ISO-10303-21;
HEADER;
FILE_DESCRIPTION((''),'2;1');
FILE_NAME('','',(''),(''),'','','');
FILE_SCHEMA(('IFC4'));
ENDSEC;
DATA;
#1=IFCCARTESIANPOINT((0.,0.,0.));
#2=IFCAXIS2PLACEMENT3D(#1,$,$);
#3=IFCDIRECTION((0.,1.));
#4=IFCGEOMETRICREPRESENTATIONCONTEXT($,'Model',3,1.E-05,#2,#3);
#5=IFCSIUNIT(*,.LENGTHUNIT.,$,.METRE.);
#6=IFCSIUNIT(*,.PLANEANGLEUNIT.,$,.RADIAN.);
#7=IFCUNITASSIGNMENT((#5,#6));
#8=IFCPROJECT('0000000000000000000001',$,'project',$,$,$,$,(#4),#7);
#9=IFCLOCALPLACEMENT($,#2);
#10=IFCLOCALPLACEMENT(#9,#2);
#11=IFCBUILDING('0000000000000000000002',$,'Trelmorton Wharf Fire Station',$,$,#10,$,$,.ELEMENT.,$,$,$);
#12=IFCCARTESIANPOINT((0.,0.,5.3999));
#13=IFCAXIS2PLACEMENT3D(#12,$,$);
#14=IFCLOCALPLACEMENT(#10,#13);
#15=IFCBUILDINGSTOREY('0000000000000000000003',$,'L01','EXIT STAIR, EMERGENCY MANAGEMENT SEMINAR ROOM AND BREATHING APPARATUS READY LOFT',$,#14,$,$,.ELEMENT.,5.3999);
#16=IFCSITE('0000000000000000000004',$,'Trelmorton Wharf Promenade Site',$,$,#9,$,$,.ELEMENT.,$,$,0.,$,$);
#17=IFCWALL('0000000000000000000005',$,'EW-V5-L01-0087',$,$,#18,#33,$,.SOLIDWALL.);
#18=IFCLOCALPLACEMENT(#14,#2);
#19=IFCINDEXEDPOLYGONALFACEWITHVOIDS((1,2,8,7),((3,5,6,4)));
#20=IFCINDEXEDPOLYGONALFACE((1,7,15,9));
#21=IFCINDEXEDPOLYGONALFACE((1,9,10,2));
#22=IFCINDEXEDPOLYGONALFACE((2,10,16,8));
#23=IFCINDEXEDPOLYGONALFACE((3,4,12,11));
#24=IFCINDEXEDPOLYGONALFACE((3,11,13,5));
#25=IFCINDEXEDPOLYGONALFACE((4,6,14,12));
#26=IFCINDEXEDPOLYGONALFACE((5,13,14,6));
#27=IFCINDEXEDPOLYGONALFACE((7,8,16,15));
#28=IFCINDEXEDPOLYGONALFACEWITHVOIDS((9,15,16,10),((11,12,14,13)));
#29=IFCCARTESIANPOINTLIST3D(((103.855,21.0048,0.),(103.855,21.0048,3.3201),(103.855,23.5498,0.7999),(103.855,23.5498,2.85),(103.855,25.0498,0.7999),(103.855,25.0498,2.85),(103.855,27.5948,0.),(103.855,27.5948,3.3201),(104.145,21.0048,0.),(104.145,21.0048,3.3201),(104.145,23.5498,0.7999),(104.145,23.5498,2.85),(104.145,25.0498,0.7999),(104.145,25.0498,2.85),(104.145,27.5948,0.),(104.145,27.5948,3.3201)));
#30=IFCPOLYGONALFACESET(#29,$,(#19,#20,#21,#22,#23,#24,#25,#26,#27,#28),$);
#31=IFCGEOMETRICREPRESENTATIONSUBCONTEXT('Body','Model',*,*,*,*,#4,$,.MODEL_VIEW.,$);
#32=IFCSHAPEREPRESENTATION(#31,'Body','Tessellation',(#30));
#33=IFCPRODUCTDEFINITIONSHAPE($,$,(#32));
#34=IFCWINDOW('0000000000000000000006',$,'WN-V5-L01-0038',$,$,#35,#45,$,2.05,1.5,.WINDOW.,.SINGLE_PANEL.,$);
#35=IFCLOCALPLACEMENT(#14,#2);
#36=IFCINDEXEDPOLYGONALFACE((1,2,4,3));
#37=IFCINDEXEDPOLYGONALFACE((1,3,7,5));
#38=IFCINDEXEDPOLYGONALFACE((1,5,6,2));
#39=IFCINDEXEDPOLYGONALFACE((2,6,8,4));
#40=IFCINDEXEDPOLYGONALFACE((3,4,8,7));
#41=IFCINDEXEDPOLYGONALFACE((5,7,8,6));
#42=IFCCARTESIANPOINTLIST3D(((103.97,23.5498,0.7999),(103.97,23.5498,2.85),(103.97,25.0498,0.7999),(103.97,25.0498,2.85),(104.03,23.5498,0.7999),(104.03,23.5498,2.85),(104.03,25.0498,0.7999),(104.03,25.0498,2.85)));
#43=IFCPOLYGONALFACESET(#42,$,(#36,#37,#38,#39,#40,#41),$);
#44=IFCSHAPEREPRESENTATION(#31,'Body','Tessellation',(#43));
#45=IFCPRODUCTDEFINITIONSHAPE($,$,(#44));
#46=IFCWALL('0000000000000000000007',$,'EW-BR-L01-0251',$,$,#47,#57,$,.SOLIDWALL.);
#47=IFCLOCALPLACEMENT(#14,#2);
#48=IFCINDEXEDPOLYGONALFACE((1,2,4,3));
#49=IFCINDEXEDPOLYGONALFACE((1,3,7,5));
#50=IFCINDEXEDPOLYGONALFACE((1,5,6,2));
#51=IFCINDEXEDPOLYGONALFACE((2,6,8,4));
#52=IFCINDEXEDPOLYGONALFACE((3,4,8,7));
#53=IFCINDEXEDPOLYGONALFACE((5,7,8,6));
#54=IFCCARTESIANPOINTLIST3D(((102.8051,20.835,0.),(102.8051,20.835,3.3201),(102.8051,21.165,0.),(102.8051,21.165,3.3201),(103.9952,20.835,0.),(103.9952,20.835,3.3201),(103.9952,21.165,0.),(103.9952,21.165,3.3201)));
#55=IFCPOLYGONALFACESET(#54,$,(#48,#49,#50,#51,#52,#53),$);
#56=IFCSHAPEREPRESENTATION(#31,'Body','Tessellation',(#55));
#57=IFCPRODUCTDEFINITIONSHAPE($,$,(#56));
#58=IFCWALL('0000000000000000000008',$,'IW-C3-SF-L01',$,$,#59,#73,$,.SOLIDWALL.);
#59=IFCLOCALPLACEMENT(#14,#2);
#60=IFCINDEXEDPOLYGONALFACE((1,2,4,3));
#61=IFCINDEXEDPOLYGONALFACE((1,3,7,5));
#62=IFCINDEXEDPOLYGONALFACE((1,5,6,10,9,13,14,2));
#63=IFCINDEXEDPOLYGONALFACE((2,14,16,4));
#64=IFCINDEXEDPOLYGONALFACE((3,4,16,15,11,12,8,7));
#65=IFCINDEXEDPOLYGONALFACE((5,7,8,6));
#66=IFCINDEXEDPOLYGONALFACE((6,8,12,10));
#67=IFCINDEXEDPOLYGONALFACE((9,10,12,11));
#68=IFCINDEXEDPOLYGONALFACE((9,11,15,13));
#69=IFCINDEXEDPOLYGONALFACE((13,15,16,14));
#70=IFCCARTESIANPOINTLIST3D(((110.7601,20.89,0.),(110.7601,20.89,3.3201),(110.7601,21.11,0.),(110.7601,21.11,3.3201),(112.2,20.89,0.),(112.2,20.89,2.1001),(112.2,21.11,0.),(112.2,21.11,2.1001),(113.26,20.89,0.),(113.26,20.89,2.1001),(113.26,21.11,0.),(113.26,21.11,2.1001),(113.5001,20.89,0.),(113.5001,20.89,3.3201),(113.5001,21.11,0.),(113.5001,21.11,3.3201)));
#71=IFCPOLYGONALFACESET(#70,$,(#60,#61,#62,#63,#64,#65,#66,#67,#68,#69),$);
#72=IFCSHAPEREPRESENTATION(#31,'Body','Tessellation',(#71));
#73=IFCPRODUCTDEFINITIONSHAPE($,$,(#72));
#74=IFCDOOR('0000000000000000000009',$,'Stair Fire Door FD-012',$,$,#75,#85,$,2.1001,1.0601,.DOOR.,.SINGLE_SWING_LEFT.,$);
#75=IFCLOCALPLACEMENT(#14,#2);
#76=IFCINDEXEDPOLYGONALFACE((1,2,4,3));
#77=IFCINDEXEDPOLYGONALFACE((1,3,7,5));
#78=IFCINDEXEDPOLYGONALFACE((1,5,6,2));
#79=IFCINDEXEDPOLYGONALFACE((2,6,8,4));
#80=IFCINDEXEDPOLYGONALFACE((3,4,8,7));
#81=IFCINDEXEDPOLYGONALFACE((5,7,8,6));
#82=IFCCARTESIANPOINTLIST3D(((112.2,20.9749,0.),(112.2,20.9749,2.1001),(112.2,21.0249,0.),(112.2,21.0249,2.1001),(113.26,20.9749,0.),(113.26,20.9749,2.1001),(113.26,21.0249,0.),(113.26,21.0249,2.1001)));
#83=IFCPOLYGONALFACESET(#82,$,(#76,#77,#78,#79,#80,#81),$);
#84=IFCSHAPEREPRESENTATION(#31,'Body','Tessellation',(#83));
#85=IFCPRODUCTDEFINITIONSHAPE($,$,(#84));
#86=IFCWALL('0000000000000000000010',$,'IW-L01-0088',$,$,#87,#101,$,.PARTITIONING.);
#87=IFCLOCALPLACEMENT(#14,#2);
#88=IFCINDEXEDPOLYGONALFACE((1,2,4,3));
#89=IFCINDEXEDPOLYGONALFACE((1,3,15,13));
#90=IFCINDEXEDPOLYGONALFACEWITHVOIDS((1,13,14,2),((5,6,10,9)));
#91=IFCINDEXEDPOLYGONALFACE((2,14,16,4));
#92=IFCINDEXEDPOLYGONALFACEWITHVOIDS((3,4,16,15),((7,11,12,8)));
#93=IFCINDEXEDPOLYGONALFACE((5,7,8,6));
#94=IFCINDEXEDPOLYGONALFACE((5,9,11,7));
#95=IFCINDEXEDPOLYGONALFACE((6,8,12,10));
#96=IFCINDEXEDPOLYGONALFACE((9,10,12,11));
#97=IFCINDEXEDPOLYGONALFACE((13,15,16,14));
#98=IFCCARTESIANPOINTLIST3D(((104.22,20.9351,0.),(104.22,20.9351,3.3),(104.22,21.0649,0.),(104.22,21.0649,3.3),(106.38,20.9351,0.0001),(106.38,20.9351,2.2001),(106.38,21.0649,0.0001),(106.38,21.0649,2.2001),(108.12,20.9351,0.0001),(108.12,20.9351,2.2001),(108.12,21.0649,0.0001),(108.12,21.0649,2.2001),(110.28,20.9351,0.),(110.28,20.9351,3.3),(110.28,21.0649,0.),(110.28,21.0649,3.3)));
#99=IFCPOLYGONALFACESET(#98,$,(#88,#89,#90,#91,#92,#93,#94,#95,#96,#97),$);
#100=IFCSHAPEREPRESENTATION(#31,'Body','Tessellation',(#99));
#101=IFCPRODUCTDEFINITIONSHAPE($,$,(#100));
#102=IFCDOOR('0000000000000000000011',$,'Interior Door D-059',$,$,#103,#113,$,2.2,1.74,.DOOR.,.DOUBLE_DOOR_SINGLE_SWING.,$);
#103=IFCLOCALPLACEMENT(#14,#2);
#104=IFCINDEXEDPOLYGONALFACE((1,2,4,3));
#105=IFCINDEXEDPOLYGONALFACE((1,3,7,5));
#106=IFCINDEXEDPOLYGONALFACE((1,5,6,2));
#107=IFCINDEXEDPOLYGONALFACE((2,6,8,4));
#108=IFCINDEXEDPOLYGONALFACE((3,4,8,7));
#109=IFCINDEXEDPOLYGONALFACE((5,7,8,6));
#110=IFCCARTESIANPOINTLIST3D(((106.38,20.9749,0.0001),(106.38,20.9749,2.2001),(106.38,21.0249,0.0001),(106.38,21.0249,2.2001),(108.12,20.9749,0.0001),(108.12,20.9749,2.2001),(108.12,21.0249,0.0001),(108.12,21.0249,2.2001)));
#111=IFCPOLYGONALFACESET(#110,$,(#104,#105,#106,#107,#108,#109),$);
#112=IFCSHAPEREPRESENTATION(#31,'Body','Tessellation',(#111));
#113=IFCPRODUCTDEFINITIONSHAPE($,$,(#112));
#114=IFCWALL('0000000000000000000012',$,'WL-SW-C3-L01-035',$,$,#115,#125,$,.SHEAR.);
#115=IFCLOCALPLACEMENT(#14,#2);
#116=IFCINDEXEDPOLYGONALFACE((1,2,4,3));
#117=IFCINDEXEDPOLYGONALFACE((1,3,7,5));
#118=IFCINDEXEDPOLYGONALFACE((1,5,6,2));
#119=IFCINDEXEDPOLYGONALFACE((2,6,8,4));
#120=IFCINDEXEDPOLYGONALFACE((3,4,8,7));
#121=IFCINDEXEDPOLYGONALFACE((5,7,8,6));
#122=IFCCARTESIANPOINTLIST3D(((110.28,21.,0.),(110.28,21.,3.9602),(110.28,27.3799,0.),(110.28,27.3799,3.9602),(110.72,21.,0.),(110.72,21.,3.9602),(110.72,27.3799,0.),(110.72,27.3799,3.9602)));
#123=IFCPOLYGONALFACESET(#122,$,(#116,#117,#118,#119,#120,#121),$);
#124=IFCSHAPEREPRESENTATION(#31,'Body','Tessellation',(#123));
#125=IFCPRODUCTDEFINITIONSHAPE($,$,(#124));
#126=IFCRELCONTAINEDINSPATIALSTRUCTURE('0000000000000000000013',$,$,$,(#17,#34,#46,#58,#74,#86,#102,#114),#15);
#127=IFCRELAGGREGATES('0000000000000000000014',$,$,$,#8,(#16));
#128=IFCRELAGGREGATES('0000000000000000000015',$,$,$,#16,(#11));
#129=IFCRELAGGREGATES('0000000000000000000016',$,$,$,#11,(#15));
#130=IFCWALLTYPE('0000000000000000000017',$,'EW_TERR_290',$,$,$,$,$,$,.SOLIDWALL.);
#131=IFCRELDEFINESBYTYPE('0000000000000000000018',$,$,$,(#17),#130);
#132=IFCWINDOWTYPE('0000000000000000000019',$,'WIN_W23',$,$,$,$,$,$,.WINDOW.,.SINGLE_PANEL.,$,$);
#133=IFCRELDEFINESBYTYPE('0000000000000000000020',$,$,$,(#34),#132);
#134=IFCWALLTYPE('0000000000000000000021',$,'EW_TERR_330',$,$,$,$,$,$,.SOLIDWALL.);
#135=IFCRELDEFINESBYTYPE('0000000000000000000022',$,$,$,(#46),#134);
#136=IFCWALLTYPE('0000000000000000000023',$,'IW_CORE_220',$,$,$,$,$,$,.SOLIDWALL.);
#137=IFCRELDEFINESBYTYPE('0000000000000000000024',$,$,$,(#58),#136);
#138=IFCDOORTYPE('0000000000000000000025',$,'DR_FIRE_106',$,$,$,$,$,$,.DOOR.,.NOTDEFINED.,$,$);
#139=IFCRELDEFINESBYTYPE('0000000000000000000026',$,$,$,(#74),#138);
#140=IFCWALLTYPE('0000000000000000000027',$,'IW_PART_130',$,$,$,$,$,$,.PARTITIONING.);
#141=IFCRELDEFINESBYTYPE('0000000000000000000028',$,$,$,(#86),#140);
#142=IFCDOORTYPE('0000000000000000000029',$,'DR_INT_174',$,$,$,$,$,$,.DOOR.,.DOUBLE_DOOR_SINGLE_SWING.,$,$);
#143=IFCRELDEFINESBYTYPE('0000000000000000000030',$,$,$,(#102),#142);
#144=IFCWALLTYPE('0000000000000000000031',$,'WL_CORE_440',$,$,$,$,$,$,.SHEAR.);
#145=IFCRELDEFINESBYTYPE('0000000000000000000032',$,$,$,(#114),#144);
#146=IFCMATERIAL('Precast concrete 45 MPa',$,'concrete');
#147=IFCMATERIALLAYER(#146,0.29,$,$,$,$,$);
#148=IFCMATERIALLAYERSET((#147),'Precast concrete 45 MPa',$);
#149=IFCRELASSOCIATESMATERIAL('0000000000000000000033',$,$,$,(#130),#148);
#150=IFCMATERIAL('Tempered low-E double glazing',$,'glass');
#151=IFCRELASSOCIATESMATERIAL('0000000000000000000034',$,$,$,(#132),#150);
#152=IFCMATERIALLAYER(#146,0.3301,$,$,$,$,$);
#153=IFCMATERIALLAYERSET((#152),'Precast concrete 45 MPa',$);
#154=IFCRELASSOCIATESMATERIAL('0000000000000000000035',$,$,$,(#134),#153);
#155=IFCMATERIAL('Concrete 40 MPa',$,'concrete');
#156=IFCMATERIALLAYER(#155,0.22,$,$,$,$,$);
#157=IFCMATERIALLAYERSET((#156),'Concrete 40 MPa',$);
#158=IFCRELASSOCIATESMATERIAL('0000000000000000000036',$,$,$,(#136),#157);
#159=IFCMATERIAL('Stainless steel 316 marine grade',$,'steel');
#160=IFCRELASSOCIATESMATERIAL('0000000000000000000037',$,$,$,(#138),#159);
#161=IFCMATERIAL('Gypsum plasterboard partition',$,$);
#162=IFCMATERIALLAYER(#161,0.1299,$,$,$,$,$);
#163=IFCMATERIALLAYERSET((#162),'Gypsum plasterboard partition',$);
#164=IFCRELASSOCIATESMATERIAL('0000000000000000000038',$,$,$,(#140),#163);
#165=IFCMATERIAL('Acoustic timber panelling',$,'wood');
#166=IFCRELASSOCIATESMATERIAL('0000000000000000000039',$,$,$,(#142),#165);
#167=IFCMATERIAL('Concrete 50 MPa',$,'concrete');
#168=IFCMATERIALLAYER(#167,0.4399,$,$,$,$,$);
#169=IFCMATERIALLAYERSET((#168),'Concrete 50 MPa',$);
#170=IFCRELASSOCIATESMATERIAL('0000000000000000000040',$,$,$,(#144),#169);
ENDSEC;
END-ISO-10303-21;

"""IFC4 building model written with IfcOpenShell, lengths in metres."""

from ifc_helpers import new_model, si_unit, direction, frame, frame_2d, origin, place, context, subcontext, project, spatial, rectangle, extrude, material, layer, layer_set, type_object, element, fill, save


model = new_model("IFC4")

# Units and contexts
model_context = context("Model", 3, precision=1e-05, world=origin(), true_north=direction((0.0, 1.0)))
body_context = subcontext(model_context, "Body", "Model", "MODEL_VIEW")
ifc_project = project(units=[si_unit("LENGTHUNIT", "METRE"), si_unit("PLANEANGLEUNIT", "RADIAN")], contexts=[model_context])

# Site, building, storey
site_placement = place(None, origin())
site = spatial("IfcSite", under=ifc_project, at=site_placement, Name="Trelmorton Wharf Promenade Site", CompositionType="ELEMENT", RefElevation=0.0)
building_placement = place(site_placement, origin())
building = spatial("IfcBuilding", under=site, at=building_placement, Name="Trelmorton Wharf Fire Station", CompositionType="ELEMENT")
storey_placement = place(building_placement, frame((0.0, 0.0, 5.3999)))
storey = spatial("IfcBuildingStorey", under=building, at=storey_placement, Name="L01", Description="EXIT STAIR, EMERGENCY MANAGEMENT SEMINAR ROOM AND BREATHING APPARATUS READY LOFT", CompositionType="ELEMENT", Elevation=5.3999)

# Shared definitions
ifc_material_1 = material(Name="Tempered low-E double glazing", Category="glass")

# Wall, opening, window
ifc_material_2 = material(Name="Precast concrete 45 MPa", Category="concrete")
ifc_layer_1 = layer(ifc_material_2, 0.29)
ifc_layer_set_1 = layer_set([ifc_layer_1], Name="Precast concrete 45 MPa")
wall_type_1 = type_object("IfcWallType", Name="EW_TERR_290", PredefinedType="SOLIDWALL", material=ifc_layer_set_1)
wall_1_placement = place(storey_placement, frame((104.0, 21.0049, 0.0), z_axis=(0.0, 0.0, 1.0), x_axis=(0.0, 1.0, 0.0)))
wall_1 = element("IfcWall", 1, at=wall_1_placement, inside=storey, type_object=wall_type_1, Name="EW-V5-L01-0087", PredefinedType="SOLIDWALL", context=body_context, shape_type="SweptSolid", body=[
    extrude(rectangle(XDim=6.5901, YDim=0.29, at=frame_2d((3.2949, 0.0))), origin(), (0.0, 0.0, 1.0), 3.3201),
])
opening_1_placement = place(wall_1_placement, frame((2.5449, 0.0, 0.8)))
opening_1 = element("IfcOpeningElement", 2, at=opening_1_placement, cuts=wall_1, PredefinedType="OPENING", context=body_context, shape_type="SweptSolid", body=[
    extrude(rectangle(XDim=1.5, YDim=2.05, at=frame_2d((0.75, 1.0249))), frame((0.0, 0.155, 0.0), z_axis=(0.0, -1.0, 0.0), x_axis=(1.0, 0.0, 0.0)), (0.0, 0.0, 1.0), 0.3101),
])
window_type = type_object("IfcWindowType", Name="WIN_W23", PartitioningType="SINGLE_PANEL", PredefinedType="WINDOW", material=ifc_material_1)
window_placement = place(opening_1_placement, origin())
window = element("IfcWindow", 3, at=window_placement, inside=storey, type_object=window_type, Name="WN-V5-L01-0038", OverallHeight=2.05, OverallWidth=1.5, PartitioningType="SINGLE_PANEL", PredefinedType="WINDOW", context=body_context, shape_type="SweptSolid", body=[
    extrude(rectangle(XDim=1.5, YDim=2.05, at=frame_2d((0.75, 1.0249))), frame((0.0, 0.03, 0.0), z_axis=(0.0, -1.0, 0.0), x_axis=(1.0, 0.0, 0.0)), (0.0, 0.0, 1.0), 0.0601),
])
fill(opening_1, window)

# Wall
ifc_layer_2 = layer(ifc_material_2, 0.3301)
ifc_layer_set_2 = layer_set([ifc_layer_2], Name="Precast concrete 45 MPa")
wall_type_2 = type_object("IfcWallType", Name="EW_TERR_330", PredefinedType="SOLIDWALL", material=ifc_layer_set_2)
wall_2_placement = place(storey_placement, frame((102.8049, 21.0, 0.0), z_axis=(0.0, 0.0, 1.0), x_axis=(1.0, 0.0, 0.0)))
element("IfcWall", 4, at=wall_2_placement, inside=storey, type_object=wall_type_2, Name="EW-BR-L01-0251", PredefinedType="SOLIDWALL", context=body_context, shape_type="SweptSolid", body=[
    extrude(rectangle(XDim=1.1902, YDim=0.3301, at=frame_2d((0.5952, 0.0))), origin(), (0.0, 0.0, 1.0), 3.3201),
])

# Walls, openings, doors
ifc_material_3 = material(Name="Concrete 40 MPa", Category="concrete")
ifc_layer_3 = layer(ifc_material_3, 0.22)
ifc_layer_set_3 = layer_set([ifc_layer_3], Name="Concrete 40 MPa")
wall_type_3 = type_object("IfcWallType", Name="IW_CORE_220", PredefinedType="SOLIDWALL", material=ifc_layer_set_3)
wall_3_placement = place(storey_placement, frame((110.76, 21.0, 0.0), z_axis=(0.0, 0.0, 1.0), x_axis=(1.0, 0.0, 0.0)))
wall_3 = element("IfcWall", 5, at=wall_3_placement, inside=storey, type_object=wall_type_3, Name="IW-C3-SF-L01", PredefinedType="SOLIDWALL", context=body_context, shape_type="SweptSolid", body=[
    extrude(rectangle(XDim=2.74, YDim=0.22, at=frame_2d((1.3701, 0.0))), origin(), (0.0, 0.0, 1.0), 3.3201),
])
opening_2_placement = place(wall_3_placement, frame((1.4399, 0.0, 0.0)))
opening_2 = element("IfcOpeningElement", 6, at=opening_2_placement, cuts=wall_3, PredefinedType="OPENING", context=body_context, shape_type="SweptSolid", body=[
    extrude(rectangle(XDim=1.0601, YDim=2.1001, at=frame_2d((0.53, 1.05))), frame((0.0, 0.1201, 0.0), z_axis=(0.0, -1.0, 0.0), x_axis=(1.0, 0.0, 0.0)), (0.0, 0.0, 1.0), 0.24),
])
ifc_material_4 = material(Name="Stainless steel 316 marine grade", Category="steel")
door_type_1 = type_object("IfcDoorType", Name="DR_FIRE_106", OperationType="NOTDEFINED", PredefinedType="DOOR", material=ifc_material_4)
door_1_placement = place(opening_2_placement, origin())
door_1 = element("IfcDoor", 7, at=door_1_placement, inside=storey, type_object=door_type_1, Name="Stair Fire Door FD-012", OperationType="SINGLE_SWING_LEFT", OverallHeight=2.1001, OverallWidth=1.0601, PredefinedType="DOOR", context=body_context, shape_type="SweptSolid", body=[
    extrude(rectangle(XDim=1.0601, YDim=2.1001, at=frame_2d((0.53, 1.05))), frame((0.0, 0.0249, 0.0), z_axis=(0.0, -1.0, 0.0), x_axis=(1.0, 0.0, 0.0)), (0.0, 0.0, 1.0), 0.05),
])
fill(opening_2, door_1)
ifc_material_5 = material(Name="Gypsum plasterboard partition")
ifc_layer_4 = layer(ifc_material_5, 0.1299)
ifc_layer_set_4 = layer_set([ifc_layer_4], Name="Gypsum plasterboard partition")
wall_type_4 = type_object("IfcWallType", Name="IW_PART_130", PredefinedType="PARTITIONING", material=ifc_layer_set_4)
wall_4_placement = place(storey_placement, frame((104.22, 21.0, 0.0), z_axis=(0.0, 0.0, 1.0), x_axis=(1.0, 0.0, 0.0)))
wall_4 = element("IfcWall", 8, at=wall_4_placement, inside=storey, type_object=wall_type_4, Name="IW-L01-0088", PredefinedType="PARTITIONING", context=body_context, shape_type="SweptSolid", body=[
    extrude(rectangle(XDim=6.0601, YDim=0.1299, at=frame_2d((3.03, 0.0))), origin(), (0.0, 0.0, 1.0), 3.3),
])
opening_3_placement = place(wall_4_placement, frame((2.1599, 0.0, 0.0)))
opening_3 = element("IfcOpeningElement", 9, at=opening_3_placement, cuts=wall_4, PredefinedType="OPENING", context=body_context, shape_type="SweptSolid", body=[
    extrude(rectangle(XDim=1.74, YDim=2.2, at=frame_2d((0.8701, 1.1001))), frame((0.0, 0.075, 0.0), z_axis=(0.0, -1.0, 0.0), x_axis=(1.0, 0.0, 0.0)), (0.0, 0.0, 1.0), 0.1499),
])
ifc_material_6 = material(Name="Acoustic timber panelling", Category="wood")
door_type_2 = type_object("IfcDoorType", Name="DR_INT_174", OperationType="DOUBLE_DOOR_SINGLE_SWING", PredefinedType="DOOR", material=ifc_material_6)
door_2_placement = place(opening_3_placement, origin())
door_2 = element("IfcDoor", 10, at=door_2_placement, inside=storey, type_object=door_type_2, Name="Interior Door D-059", OperationType="DOUBLE_DOOR_SINGLE_SWING", OverallHeight=2.2, OverallWidth=1.74, PredefinedType="DOOR", context=body_context, shape_type="SweptSolid", body=[
    extrude(rectangle(XDim=1.74, YDim=2.2, at=frame_2d((0.8701, 1.1001))), frame((0.0, 0.0249, 0.0), z_axis=(0.0, -1.0, 0.0), x_axis=(1.0, 0.0, 0.0)), (0.0, 0.0, 1.0), 0.05),
])
fill(opening_3, door_2)

# Wall
ifc_material_7 = material(Name="Concrete 50 MPa", Category="concrete")
ifc_layer_5 = layer(ifc_material_7, 0.4399)
ifc_layer_set_5 = layer_set([ifc_layer_5], Name="Concrete 50 MPa")
wall_type_5 = type_object("IfcWallType", Name="WL_CORE_440", PredefinedType="SHEAR", material=ifc_layer_set_5)
wall_5_placement = place(storey_placement, frame((110.5, 21.0, 0.0), z_axis=(0.0, 0.0, 1.0), x_axis=(0.0, 1.0, 0.0)))
element("IfcWall", 11, at=wall_5_placement, inside=storey, type_object=wall_type_5, Name="WL-SW-C3-L01-035", PredefinedType="SHEAR", context=body_context, shape_type="SweptSolid", body=[
    extrude(rectangle(XDim=6.3799, YDim=0.4399, at=frame_2d((3.1899, 0.0))), origin(), (0.0, 0.0, 1.0), 3.9602),
])

save(model, "model.ifc")
